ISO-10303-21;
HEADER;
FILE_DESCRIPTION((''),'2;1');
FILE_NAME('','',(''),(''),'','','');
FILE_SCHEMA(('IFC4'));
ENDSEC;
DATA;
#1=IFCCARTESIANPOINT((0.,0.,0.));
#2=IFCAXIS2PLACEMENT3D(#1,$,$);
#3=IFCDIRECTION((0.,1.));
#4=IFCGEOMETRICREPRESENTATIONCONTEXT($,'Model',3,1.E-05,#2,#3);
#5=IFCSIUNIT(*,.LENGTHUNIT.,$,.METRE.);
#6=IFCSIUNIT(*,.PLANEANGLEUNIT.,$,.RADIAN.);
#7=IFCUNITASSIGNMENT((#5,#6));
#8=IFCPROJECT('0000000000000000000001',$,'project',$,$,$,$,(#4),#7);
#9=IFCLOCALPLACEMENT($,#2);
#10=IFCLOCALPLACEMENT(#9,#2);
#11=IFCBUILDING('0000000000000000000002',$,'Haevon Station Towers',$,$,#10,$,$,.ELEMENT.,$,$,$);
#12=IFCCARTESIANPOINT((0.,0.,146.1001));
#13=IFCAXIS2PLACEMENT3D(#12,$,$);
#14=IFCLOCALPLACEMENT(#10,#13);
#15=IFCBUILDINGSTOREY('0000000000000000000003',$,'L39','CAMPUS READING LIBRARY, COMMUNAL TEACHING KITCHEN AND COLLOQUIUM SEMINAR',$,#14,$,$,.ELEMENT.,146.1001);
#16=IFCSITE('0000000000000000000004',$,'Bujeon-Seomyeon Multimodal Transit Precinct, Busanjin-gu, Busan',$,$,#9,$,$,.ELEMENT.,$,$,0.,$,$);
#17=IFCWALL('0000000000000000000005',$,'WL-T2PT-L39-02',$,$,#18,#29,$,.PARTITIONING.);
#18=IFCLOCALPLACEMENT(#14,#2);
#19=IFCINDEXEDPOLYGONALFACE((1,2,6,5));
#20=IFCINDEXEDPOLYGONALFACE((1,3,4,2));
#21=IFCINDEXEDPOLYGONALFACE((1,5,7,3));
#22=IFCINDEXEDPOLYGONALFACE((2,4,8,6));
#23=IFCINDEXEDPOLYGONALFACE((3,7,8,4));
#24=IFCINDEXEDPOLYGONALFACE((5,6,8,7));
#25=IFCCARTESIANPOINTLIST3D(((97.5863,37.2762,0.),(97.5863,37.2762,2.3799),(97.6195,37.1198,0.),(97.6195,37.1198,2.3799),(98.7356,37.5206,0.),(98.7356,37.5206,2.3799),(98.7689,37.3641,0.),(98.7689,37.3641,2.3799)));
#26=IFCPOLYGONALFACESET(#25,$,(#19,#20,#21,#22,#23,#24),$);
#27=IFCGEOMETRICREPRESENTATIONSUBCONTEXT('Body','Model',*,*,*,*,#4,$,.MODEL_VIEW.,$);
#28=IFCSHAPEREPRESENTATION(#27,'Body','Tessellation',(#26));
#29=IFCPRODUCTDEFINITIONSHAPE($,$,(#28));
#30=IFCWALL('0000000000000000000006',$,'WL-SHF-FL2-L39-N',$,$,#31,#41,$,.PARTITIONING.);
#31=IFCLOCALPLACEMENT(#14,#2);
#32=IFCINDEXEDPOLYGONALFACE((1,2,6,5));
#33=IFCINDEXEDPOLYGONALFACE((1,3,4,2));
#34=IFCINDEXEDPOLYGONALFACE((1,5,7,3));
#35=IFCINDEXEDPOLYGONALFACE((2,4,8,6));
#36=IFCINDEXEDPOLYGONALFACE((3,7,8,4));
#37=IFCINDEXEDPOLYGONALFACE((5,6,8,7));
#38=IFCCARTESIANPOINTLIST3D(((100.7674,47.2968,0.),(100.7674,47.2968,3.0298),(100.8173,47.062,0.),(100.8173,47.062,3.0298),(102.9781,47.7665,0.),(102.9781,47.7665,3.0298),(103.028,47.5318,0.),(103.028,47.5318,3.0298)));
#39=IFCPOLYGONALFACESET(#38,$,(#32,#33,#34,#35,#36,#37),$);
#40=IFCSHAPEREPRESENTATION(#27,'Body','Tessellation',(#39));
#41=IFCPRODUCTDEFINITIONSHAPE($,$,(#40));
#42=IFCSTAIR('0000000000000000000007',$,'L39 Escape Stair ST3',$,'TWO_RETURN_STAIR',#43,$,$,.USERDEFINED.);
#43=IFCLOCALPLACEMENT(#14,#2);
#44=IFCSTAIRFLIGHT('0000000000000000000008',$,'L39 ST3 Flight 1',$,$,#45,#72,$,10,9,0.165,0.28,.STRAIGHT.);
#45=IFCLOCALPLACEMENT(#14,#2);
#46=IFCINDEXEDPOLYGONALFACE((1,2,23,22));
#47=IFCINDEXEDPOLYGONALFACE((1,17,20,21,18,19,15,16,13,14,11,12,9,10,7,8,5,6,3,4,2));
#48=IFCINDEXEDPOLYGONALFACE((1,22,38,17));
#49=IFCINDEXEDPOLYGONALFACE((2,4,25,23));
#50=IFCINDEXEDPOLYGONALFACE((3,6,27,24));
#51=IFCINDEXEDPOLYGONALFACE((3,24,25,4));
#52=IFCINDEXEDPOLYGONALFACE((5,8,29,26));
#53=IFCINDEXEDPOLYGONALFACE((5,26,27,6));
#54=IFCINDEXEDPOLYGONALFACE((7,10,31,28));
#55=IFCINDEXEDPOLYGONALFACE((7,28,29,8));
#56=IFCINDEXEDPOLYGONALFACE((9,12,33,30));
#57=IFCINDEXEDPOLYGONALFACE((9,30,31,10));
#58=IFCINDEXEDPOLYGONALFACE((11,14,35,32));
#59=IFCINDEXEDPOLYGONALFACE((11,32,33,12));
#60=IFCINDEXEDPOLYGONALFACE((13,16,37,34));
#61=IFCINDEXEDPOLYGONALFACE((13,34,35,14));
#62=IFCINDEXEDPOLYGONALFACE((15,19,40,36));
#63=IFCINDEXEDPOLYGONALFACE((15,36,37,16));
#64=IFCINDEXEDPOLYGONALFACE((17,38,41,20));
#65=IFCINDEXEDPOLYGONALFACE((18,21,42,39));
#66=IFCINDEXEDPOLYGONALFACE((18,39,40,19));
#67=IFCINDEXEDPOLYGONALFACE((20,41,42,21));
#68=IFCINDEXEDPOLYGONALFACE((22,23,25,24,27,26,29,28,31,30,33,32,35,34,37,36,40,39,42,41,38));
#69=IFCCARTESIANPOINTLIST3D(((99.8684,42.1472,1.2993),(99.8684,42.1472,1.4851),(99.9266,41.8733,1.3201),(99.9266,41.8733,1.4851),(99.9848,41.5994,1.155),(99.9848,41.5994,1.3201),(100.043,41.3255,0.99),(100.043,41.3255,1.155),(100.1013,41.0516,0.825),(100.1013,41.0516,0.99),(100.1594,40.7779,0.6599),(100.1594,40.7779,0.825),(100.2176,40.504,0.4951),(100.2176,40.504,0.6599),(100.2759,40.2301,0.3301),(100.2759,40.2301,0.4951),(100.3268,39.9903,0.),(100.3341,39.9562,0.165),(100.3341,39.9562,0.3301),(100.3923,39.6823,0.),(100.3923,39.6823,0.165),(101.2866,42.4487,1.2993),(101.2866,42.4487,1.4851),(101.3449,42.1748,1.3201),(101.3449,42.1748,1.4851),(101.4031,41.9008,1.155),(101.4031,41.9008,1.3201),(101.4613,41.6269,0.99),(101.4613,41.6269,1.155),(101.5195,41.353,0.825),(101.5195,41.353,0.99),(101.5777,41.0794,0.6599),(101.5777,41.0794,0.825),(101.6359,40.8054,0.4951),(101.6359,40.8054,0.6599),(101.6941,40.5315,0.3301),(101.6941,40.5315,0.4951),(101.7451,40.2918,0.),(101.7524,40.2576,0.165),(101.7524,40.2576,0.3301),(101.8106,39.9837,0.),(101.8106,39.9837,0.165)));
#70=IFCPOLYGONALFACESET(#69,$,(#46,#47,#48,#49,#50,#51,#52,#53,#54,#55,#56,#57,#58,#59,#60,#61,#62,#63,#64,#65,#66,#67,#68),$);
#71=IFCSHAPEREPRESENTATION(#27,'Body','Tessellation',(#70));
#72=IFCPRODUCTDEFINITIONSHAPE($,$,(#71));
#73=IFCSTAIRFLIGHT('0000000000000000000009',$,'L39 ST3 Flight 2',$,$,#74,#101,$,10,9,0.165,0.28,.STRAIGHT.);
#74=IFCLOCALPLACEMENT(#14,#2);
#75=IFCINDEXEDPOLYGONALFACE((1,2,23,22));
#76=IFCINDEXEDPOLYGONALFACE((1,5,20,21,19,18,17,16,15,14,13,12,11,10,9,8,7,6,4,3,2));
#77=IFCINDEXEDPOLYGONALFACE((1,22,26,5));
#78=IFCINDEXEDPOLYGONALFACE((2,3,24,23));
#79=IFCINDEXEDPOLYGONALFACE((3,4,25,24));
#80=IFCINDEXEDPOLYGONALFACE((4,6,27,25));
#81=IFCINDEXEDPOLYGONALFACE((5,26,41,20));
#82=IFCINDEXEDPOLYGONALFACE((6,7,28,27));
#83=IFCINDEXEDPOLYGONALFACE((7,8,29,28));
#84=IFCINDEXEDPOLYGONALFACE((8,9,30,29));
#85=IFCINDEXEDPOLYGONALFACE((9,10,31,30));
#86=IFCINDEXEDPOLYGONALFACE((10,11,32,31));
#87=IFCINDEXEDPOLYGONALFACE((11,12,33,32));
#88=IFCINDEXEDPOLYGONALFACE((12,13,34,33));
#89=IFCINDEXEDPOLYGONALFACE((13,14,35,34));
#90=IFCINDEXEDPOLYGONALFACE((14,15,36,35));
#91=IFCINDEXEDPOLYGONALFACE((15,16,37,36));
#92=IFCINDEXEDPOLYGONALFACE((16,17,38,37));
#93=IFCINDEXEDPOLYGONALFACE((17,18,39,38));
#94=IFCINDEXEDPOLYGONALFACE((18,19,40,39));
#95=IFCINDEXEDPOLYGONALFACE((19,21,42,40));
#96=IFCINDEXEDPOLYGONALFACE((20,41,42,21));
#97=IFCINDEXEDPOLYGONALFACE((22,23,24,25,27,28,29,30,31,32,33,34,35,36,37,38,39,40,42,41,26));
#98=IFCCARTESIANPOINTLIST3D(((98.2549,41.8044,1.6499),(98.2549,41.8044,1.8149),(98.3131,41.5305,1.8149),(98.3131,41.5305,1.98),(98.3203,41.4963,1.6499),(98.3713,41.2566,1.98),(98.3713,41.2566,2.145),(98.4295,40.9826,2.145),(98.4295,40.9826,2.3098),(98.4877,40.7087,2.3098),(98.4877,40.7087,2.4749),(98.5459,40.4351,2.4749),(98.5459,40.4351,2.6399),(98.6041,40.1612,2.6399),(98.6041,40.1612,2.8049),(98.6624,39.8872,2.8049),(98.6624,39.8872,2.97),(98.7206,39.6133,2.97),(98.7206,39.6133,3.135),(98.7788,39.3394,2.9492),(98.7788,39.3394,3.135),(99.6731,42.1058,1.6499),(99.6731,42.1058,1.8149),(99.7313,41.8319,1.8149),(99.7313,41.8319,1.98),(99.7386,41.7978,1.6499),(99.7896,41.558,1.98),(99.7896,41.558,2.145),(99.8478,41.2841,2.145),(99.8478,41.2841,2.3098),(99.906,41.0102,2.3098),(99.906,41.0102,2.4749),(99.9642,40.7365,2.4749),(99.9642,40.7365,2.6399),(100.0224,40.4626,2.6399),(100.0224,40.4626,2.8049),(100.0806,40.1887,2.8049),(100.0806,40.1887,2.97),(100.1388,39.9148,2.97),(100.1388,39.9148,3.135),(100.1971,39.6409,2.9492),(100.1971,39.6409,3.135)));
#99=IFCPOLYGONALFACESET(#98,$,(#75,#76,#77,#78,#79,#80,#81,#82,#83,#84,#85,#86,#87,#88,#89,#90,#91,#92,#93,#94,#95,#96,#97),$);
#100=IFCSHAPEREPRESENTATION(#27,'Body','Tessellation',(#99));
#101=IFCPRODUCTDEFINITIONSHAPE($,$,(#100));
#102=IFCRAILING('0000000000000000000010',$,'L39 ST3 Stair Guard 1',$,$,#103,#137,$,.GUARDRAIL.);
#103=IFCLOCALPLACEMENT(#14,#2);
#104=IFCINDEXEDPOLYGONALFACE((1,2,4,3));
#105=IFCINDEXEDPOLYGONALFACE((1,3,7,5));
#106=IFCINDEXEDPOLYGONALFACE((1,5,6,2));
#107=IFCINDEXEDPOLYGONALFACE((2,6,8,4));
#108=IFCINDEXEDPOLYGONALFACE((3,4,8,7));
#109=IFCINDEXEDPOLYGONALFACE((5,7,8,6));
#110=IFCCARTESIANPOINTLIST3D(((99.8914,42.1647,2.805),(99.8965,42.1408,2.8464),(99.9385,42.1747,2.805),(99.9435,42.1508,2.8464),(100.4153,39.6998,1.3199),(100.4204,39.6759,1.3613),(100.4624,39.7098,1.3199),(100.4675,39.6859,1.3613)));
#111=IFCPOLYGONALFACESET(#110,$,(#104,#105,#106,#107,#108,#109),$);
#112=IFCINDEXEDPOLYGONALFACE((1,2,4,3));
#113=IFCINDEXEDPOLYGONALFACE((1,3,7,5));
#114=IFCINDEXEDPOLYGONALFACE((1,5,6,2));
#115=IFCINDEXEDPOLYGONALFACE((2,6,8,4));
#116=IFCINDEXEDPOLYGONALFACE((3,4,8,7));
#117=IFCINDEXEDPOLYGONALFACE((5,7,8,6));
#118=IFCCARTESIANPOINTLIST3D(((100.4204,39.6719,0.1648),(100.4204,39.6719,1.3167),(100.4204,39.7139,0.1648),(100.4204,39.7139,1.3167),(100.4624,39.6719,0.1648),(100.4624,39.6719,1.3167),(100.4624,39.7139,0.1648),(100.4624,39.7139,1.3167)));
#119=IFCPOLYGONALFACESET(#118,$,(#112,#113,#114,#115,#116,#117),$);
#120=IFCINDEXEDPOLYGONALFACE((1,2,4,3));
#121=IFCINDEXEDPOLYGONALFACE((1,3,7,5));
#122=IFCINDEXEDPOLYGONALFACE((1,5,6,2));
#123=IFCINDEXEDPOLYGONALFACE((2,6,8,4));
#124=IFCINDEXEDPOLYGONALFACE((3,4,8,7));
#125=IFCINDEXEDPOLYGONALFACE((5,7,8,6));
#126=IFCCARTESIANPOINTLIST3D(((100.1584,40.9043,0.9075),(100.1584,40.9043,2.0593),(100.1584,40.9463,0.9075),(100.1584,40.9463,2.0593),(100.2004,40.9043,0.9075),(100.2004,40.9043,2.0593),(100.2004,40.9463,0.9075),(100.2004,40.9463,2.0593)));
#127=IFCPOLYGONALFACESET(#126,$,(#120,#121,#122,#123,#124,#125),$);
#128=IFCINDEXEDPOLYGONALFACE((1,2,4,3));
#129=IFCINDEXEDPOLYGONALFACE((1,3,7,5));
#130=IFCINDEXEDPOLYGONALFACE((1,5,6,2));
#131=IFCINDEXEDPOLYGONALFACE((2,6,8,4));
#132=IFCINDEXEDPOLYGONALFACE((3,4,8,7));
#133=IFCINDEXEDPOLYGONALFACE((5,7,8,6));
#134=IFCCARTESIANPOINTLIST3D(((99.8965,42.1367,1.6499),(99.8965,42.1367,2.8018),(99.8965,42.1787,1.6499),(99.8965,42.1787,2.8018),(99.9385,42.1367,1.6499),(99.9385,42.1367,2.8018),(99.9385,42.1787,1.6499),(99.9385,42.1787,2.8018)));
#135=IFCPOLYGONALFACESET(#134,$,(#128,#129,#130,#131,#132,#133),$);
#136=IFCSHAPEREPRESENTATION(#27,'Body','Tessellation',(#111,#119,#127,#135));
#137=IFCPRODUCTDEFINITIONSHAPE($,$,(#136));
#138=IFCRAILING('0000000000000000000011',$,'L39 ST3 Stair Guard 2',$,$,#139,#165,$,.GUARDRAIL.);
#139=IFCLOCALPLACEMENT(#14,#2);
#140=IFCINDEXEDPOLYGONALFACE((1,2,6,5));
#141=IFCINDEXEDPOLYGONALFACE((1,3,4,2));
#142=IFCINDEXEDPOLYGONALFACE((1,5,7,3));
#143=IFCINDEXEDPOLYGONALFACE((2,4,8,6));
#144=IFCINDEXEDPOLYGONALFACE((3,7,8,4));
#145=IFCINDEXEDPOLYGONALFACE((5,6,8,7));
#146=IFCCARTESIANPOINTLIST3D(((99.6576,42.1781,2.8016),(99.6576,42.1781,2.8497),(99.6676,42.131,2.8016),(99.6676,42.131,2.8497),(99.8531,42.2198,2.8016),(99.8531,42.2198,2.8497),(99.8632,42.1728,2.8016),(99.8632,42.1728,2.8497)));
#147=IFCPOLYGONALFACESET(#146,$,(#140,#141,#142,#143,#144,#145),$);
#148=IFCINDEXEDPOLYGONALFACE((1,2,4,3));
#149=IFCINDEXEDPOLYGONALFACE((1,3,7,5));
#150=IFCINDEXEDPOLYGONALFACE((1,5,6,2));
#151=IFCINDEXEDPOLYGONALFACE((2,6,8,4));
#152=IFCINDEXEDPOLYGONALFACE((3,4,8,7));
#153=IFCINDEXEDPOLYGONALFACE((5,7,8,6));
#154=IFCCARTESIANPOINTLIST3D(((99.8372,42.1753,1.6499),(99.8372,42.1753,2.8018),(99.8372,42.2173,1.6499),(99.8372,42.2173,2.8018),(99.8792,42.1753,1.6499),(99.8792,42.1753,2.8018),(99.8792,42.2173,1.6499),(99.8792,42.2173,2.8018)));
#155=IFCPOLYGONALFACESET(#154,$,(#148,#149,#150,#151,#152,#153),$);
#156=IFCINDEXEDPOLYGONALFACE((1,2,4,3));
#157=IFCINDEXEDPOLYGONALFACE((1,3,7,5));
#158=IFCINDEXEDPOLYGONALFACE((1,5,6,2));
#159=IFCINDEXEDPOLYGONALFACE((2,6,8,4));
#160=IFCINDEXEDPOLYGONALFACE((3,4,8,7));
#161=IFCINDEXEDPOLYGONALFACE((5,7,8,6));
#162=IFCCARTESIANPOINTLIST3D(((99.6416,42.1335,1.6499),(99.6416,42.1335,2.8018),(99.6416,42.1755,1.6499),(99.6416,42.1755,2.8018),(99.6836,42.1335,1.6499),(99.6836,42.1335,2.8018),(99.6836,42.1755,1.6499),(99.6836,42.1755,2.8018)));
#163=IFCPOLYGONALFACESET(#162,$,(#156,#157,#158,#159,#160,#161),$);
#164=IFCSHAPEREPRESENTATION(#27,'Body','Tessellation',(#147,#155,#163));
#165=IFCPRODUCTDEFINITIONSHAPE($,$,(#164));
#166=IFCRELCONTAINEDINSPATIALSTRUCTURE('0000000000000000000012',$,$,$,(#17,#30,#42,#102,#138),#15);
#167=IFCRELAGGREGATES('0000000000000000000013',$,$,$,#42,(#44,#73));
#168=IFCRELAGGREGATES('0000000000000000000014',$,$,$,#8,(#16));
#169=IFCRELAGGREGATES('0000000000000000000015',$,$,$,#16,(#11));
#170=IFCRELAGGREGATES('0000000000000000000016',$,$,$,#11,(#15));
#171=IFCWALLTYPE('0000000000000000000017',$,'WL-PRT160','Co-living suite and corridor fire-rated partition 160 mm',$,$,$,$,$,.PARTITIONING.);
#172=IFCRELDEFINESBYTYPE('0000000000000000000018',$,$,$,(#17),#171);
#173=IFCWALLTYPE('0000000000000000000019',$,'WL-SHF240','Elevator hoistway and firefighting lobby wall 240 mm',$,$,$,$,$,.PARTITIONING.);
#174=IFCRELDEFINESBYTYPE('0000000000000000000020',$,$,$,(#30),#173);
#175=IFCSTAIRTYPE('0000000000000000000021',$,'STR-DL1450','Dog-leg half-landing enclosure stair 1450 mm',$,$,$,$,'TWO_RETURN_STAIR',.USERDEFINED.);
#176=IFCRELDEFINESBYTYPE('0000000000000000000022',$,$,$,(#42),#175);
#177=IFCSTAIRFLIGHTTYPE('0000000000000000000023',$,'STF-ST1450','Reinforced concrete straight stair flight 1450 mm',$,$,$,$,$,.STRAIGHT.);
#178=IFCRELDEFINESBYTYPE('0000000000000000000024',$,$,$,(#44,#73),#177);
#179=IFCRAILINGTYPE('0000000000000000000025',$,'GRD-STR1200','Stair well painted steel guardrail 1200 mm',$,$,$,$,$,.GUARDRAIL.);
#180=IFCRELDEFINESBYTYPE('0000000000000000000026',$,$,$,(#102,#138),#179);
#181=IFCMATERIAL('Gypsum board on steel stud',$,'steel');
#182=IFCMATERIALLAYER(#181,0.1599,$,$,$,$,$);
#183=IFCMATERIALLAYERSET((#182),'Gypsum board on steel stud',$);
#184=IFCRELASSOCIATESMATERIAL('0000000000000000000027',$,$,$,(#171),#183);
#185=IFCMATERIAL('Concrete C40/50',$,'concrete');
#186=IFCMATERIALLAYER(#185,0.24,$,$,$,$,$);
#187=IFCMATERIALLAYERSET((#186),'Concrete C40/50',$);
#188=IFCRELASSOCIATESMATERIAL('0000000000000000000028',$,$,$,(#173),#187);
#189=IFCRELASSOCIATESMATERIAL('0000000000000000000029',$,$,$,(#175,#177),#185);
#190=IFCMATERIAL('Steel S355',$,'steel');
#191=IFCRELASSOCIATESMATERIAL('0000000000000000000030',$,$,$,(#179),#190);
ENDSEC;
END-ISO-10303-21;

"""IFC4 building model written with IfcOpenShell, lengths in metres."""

from ifc_helpers import new_model, si_unit, direction, frame, frame_2d, origin, origin_2d, place, context, subcontext, project, spatial, polyline, rectangle, outline, extrude, material, layer, layer_set, type_object, element, aggregate, save


model = new_model("IFC4")

# Units and contexts
model_context = context("Model", 3, precision=1e-05, world=origin(), true_north=direction((0.0, 1.0)))
body_context = subcontext(model_context, "Body", "Model", "MODEL_VIEW")
ifc_project = project(units=[si_unit("LENGTHUNIT", "METRE"), si_unit("PLANEANGLEUNIT", "RADIAN")], contexts=[model_context])

# Site, building, storey
site_placement = place(None, origin())
site = spatial("IfcSite", under=ifc_project, at=site_placement, Name="Bujeon-Seomyeon Multimodal Transit Precinct, Busanjin-gu, Busan", CompositionType="ELEMENT", RefElevation=0.0)
building_placement = place(site_placement, origin())
building = spatial("IfcBuilding", under=site, at=building_placement, Name="Haevon Station Towers", CompositionType="ELEMENT")
storey_placement = place(building_placement, frame((0.0, 0.0, 146.1001)))
storey = spatial("IfcBuildingStorey", under=building, at=storey_placement, Name="L39", Description="CAMPUS READING LIBRARY, COMMUNAL TEACHING KITCHEN AND COLLOQUIUM SEMINAR", CompositionType="ELEMENT", Elevation=146.1001)

# Shared definitions
ifc_material_1 = material(Name="Steel S355", Category="steel")

# Shared definitions
ifc_material_2 = material(Name="Gypsum board on steel stud", Category="steel")

# Wall
ifc_layer_1 = layer(ifc_material_2, 0.1599)
ifc_layer_set_1 = layer_set([ifc_layer_1], Name="Gypsum board on steel stud")
wall_type_1 = type_object("IfcWallType", Name="WL-PRT160", Description="Co-living suite and corridor fire-rated partition 160 mm", PredefinedType="PARTITIONING", material=ifc_layer_set_1)
wall_1_placement = place(storey_placement, frame((97.603, 37.198, 0.0), z_axis=(0.0, 0.0, 1.0), x_axis=(0.978136, 0.207968, 0.0)))
element("IfcWall", 1, at=wall_1_placement, inside=storey, type_object=wall_type_1, Name="WL-T2PT-L39-02", PredefinedType="PARTITIONING", context=body_context, shape_type="SweptSolid", body=[
    extrude(rectangle(XDim=1.175, YDim=0.1599, at=frame_2d((0.5874, 0.0))), origin(), (0.0, 0.0, 1.0), 2.3799),
])

# Shared definitions
ifc_material_3 = material(Name="Concrete C40/50", Category="concrete")
ifc_layer_2 = layer(ifc_material_3, 0.24)
ifc_layer_set_2 = layer_set([ifc_layer_2], Name="Concrete C40/50")
wall_type_2 = type_object("IfcWallType", Name="WL-SHF240", Description="Elevator hoistway and firefighting lobby wall 240 mm", PredefinedType="PARTITIONING", material=ifc_layer_set_2)

# Wall
wall_2_placement = place(storey_placement, frame((100.7925, 47.1794, 0.0), z_axis=(0.0, 0.0, 1.0), x_axis=(0.978163, 0.207839, 0.0)))
element("IfcWall", 2, at=wall_2_placement, inside=storey, type_object=wall_type_2, Name="WL-SHF-FL2-L39-N", PredefinedType="PARTITIONING", context=body_context, shape_type="SweptSolid", body=[
    extrude(rectangle(XDim=2.26, YDim=0.24, at=frame_2d((1.1299, 0.0))), origin(), (0.0, 0.0, 1.0), 3.0298),
])

# Stair, stair flights
stair_type = type_object("IfcStairType", Name="STR-DL1450", Description="Dog-leg half-landing enclosure stair 1450 mm", ElementType="TWO_RETURN_STAIR", PredefinedType="USERDEFINED", material=ifc_material_3)
stair_placement = place(storey_placement, origin())
stair = element("IfcStair", 3, at=stair_placement, inside=storey, type_object=stair_type, Name="L39 Escape Stair ST3", ObjectType="TWO_RETURN_STAIR", PredefinedType="USERDEFINED")
stair_flight_type = type_object("IfcStairFlightType", Name="STF-ST1450", Description="Reinforced concrete straight stair flight 1450 mm", PredefinedType="STRAIGHT", material=ifc_material_3)
stair_flight_1_placement = place(storey_placement, frame((101.1016, 39.833, 0.0), z_axis=(0.0, 0.0, 1.0), x_axis=(-0.207912, 0.978148, 0.0)))
stair_flight_1 = element("IfcStairFlight", 4, at=stair_flight_1_placement, type_object=stair_flight_type, Name="L39 ST3 Flight 1", NumberOfRisers=10, NumberOfTreads=9, PredefinedType="STRAIGHT", RiserHeight=0.165, TreadLength=0.28, context=body_context, shape_type="SweptSolid", body=[
    extrude(outline(polyline([(0.0, 0.0), (0.0, 0.165), (0.28, 0.165), (0.28, 0.3301), (0.5601, 0.3301), (0.5601, 0.4951), (0.8401, 0.4951), (0.8401, 0.6599), (1.1201, 0.6599), (1.1201, 0.825), (1.3999, 0.825), (1.3999, 0.99), (1.6799, 0.99), (1.6799, 1.155), (1.96, 1.155), (1.96, 1.3201), (2.24, 1.3201), (2.24, 1.4851), (2.52, 1.4851), (2.52, 1.6499), (2.52, 1.2993), (0.3149, 0.0), (0.0, 0.0)])), frame((0.0, 0.7251, 0.0), z_axis=(0.0, -1.0, 0.0), x_axis=(1.0, 0.0, 0.0)), (0.0, 0.0, 1.0), 1.45),
])
stair_flight_2_placement = place(storey_placement, frame((98.9639, 41.9551, 1.6499), z_axis=(0.0, 0.0, 1.0), x_axis=(0.207912, -0.978148, 0.0)))
stair_flight_2 = element("IfcStairFlight", 5, at=stair_flight_2_placement, type_object=stair_flight_type, Name="L39 ST3 Flight 2", NumberOfRisers=10, NumberOfTreads=9, PredefinedType="STRAIGHT", RiserHeight=0.165, TreadLength=0.28, context=body_context, shape_type="SweptSolid", body=[
    extrude(outline(polyline([(0.0, 0.0), (0.0, 0.165), (0.28, 0.165), (0.28, 0.3301), (0.5601, 0.3301), (0.5601, 0.4951), (0.8401, 0.4951), (0.8401, 0.6599), (1.1201, 0.6599), (1.1201, 0.825), (1.3999, 0.825), (1.3999, 0.99), (1.6799, 0.99), (1.6799, 1.155), (1.96, 1.155), (1.96, 1.3201), (2.24, 1.3201), (2.24, 1.4851), (2.52, 1.4851), (2.52, 1.6499), (2.52, 1.2993), (0.3149, 0.0), (0.0, 0.0)])), frame((0.0, 0.7251, 0.0), z_axis=(0.0, -1.0, 0.0), x_axis=(1.0, 0.0, 0.0)), (0.0, 0.0, 1.0), 1.45),
])
aggregate(stair, [stair_flight_1, stair_flight_2])

# Railings
railing_type_1 = type_object("IfcRailingType", Name="GRD-STR1200", Description="Stair well painted steel guardrail 1200 mm", PredefinedType="GUARDRAIL", material=ifc_material_1)
railing_1_placement = place(storey_placement, frame((100.4414, 39.6929, 0.1648)))
element("IfcRailing", 6, at=railing_1_placement, inside=storey, type_object=railing_type_1, Name="L39 ST3 Stair Guard 1", PredefinedType="GUARDRAIL", context=body_context, shape_type="SweptSolid", body=[
    extrude(rectangle(XDim=0.0481, YDim=0.0481, at=origin_2d()), frame((0.0, 0.0, 1.1758), z_axis=(-0.179121, 0.842688, 0.507733), x_axis=(-0.978147, -0.207914, 0.0)), (0.0, 0.0, 1.0), 2.925),
    extrude(rectangle(XDim=0.042, YDim=0.042, at=origin_2d()), origin(), (0.0, 0.0, 1.0), 1.1519),
    extrude(rectangle(XDim=0.042, YDim=0.042, at=origin_2d()), frame((-0.262, 1.2324, 0.7427)), (0.0, 0.0, 1.0), 1.1519),
    extrude(rectangle(XDim=0.042, YDim=0.042, at=origin_2d()), frame((-0.5239, 2.4648, 1.4851)), (0.0, 0.0, 1.0), 1.1519),
])
railing_2_placement = place(storey_placement, frame((99.8582, 42.1963, 1.6499)))
element("IfcRailing", 7, at=railing_2_placement, inside=storey, type_object=railing_type_1, Name="L39 ST3 Stair Guard 2", PredefinedType="GUARDRAIL", context=body_context, shape_type="SweptSolid", body=[
    extrude(rectangle(XDim=0.0481, YDim=0.0481, at=origin_2d()), frame((0.0, 0.0, 1.1758), z_axis=(-0.977963, -0.208779, 0.0), x_axis=(0.208779, -0.977963, 0.0)), (0.0, 0.0, 1.0), 0.2),
    extrude(rectangle(XDim=0.042, YDim=0.042, at=origin_2d()), origin(), (0.0, 0.0, 1.0), 1.1519),
    extrude(rectangle(XDim=0.042, YDim=0.042, at=origin_2d()), frame((-0.1956, -0.0417, 0.0)), (0.0, 0.0, 1.0), 1.1519),
])

save(model, "model.ifc")
